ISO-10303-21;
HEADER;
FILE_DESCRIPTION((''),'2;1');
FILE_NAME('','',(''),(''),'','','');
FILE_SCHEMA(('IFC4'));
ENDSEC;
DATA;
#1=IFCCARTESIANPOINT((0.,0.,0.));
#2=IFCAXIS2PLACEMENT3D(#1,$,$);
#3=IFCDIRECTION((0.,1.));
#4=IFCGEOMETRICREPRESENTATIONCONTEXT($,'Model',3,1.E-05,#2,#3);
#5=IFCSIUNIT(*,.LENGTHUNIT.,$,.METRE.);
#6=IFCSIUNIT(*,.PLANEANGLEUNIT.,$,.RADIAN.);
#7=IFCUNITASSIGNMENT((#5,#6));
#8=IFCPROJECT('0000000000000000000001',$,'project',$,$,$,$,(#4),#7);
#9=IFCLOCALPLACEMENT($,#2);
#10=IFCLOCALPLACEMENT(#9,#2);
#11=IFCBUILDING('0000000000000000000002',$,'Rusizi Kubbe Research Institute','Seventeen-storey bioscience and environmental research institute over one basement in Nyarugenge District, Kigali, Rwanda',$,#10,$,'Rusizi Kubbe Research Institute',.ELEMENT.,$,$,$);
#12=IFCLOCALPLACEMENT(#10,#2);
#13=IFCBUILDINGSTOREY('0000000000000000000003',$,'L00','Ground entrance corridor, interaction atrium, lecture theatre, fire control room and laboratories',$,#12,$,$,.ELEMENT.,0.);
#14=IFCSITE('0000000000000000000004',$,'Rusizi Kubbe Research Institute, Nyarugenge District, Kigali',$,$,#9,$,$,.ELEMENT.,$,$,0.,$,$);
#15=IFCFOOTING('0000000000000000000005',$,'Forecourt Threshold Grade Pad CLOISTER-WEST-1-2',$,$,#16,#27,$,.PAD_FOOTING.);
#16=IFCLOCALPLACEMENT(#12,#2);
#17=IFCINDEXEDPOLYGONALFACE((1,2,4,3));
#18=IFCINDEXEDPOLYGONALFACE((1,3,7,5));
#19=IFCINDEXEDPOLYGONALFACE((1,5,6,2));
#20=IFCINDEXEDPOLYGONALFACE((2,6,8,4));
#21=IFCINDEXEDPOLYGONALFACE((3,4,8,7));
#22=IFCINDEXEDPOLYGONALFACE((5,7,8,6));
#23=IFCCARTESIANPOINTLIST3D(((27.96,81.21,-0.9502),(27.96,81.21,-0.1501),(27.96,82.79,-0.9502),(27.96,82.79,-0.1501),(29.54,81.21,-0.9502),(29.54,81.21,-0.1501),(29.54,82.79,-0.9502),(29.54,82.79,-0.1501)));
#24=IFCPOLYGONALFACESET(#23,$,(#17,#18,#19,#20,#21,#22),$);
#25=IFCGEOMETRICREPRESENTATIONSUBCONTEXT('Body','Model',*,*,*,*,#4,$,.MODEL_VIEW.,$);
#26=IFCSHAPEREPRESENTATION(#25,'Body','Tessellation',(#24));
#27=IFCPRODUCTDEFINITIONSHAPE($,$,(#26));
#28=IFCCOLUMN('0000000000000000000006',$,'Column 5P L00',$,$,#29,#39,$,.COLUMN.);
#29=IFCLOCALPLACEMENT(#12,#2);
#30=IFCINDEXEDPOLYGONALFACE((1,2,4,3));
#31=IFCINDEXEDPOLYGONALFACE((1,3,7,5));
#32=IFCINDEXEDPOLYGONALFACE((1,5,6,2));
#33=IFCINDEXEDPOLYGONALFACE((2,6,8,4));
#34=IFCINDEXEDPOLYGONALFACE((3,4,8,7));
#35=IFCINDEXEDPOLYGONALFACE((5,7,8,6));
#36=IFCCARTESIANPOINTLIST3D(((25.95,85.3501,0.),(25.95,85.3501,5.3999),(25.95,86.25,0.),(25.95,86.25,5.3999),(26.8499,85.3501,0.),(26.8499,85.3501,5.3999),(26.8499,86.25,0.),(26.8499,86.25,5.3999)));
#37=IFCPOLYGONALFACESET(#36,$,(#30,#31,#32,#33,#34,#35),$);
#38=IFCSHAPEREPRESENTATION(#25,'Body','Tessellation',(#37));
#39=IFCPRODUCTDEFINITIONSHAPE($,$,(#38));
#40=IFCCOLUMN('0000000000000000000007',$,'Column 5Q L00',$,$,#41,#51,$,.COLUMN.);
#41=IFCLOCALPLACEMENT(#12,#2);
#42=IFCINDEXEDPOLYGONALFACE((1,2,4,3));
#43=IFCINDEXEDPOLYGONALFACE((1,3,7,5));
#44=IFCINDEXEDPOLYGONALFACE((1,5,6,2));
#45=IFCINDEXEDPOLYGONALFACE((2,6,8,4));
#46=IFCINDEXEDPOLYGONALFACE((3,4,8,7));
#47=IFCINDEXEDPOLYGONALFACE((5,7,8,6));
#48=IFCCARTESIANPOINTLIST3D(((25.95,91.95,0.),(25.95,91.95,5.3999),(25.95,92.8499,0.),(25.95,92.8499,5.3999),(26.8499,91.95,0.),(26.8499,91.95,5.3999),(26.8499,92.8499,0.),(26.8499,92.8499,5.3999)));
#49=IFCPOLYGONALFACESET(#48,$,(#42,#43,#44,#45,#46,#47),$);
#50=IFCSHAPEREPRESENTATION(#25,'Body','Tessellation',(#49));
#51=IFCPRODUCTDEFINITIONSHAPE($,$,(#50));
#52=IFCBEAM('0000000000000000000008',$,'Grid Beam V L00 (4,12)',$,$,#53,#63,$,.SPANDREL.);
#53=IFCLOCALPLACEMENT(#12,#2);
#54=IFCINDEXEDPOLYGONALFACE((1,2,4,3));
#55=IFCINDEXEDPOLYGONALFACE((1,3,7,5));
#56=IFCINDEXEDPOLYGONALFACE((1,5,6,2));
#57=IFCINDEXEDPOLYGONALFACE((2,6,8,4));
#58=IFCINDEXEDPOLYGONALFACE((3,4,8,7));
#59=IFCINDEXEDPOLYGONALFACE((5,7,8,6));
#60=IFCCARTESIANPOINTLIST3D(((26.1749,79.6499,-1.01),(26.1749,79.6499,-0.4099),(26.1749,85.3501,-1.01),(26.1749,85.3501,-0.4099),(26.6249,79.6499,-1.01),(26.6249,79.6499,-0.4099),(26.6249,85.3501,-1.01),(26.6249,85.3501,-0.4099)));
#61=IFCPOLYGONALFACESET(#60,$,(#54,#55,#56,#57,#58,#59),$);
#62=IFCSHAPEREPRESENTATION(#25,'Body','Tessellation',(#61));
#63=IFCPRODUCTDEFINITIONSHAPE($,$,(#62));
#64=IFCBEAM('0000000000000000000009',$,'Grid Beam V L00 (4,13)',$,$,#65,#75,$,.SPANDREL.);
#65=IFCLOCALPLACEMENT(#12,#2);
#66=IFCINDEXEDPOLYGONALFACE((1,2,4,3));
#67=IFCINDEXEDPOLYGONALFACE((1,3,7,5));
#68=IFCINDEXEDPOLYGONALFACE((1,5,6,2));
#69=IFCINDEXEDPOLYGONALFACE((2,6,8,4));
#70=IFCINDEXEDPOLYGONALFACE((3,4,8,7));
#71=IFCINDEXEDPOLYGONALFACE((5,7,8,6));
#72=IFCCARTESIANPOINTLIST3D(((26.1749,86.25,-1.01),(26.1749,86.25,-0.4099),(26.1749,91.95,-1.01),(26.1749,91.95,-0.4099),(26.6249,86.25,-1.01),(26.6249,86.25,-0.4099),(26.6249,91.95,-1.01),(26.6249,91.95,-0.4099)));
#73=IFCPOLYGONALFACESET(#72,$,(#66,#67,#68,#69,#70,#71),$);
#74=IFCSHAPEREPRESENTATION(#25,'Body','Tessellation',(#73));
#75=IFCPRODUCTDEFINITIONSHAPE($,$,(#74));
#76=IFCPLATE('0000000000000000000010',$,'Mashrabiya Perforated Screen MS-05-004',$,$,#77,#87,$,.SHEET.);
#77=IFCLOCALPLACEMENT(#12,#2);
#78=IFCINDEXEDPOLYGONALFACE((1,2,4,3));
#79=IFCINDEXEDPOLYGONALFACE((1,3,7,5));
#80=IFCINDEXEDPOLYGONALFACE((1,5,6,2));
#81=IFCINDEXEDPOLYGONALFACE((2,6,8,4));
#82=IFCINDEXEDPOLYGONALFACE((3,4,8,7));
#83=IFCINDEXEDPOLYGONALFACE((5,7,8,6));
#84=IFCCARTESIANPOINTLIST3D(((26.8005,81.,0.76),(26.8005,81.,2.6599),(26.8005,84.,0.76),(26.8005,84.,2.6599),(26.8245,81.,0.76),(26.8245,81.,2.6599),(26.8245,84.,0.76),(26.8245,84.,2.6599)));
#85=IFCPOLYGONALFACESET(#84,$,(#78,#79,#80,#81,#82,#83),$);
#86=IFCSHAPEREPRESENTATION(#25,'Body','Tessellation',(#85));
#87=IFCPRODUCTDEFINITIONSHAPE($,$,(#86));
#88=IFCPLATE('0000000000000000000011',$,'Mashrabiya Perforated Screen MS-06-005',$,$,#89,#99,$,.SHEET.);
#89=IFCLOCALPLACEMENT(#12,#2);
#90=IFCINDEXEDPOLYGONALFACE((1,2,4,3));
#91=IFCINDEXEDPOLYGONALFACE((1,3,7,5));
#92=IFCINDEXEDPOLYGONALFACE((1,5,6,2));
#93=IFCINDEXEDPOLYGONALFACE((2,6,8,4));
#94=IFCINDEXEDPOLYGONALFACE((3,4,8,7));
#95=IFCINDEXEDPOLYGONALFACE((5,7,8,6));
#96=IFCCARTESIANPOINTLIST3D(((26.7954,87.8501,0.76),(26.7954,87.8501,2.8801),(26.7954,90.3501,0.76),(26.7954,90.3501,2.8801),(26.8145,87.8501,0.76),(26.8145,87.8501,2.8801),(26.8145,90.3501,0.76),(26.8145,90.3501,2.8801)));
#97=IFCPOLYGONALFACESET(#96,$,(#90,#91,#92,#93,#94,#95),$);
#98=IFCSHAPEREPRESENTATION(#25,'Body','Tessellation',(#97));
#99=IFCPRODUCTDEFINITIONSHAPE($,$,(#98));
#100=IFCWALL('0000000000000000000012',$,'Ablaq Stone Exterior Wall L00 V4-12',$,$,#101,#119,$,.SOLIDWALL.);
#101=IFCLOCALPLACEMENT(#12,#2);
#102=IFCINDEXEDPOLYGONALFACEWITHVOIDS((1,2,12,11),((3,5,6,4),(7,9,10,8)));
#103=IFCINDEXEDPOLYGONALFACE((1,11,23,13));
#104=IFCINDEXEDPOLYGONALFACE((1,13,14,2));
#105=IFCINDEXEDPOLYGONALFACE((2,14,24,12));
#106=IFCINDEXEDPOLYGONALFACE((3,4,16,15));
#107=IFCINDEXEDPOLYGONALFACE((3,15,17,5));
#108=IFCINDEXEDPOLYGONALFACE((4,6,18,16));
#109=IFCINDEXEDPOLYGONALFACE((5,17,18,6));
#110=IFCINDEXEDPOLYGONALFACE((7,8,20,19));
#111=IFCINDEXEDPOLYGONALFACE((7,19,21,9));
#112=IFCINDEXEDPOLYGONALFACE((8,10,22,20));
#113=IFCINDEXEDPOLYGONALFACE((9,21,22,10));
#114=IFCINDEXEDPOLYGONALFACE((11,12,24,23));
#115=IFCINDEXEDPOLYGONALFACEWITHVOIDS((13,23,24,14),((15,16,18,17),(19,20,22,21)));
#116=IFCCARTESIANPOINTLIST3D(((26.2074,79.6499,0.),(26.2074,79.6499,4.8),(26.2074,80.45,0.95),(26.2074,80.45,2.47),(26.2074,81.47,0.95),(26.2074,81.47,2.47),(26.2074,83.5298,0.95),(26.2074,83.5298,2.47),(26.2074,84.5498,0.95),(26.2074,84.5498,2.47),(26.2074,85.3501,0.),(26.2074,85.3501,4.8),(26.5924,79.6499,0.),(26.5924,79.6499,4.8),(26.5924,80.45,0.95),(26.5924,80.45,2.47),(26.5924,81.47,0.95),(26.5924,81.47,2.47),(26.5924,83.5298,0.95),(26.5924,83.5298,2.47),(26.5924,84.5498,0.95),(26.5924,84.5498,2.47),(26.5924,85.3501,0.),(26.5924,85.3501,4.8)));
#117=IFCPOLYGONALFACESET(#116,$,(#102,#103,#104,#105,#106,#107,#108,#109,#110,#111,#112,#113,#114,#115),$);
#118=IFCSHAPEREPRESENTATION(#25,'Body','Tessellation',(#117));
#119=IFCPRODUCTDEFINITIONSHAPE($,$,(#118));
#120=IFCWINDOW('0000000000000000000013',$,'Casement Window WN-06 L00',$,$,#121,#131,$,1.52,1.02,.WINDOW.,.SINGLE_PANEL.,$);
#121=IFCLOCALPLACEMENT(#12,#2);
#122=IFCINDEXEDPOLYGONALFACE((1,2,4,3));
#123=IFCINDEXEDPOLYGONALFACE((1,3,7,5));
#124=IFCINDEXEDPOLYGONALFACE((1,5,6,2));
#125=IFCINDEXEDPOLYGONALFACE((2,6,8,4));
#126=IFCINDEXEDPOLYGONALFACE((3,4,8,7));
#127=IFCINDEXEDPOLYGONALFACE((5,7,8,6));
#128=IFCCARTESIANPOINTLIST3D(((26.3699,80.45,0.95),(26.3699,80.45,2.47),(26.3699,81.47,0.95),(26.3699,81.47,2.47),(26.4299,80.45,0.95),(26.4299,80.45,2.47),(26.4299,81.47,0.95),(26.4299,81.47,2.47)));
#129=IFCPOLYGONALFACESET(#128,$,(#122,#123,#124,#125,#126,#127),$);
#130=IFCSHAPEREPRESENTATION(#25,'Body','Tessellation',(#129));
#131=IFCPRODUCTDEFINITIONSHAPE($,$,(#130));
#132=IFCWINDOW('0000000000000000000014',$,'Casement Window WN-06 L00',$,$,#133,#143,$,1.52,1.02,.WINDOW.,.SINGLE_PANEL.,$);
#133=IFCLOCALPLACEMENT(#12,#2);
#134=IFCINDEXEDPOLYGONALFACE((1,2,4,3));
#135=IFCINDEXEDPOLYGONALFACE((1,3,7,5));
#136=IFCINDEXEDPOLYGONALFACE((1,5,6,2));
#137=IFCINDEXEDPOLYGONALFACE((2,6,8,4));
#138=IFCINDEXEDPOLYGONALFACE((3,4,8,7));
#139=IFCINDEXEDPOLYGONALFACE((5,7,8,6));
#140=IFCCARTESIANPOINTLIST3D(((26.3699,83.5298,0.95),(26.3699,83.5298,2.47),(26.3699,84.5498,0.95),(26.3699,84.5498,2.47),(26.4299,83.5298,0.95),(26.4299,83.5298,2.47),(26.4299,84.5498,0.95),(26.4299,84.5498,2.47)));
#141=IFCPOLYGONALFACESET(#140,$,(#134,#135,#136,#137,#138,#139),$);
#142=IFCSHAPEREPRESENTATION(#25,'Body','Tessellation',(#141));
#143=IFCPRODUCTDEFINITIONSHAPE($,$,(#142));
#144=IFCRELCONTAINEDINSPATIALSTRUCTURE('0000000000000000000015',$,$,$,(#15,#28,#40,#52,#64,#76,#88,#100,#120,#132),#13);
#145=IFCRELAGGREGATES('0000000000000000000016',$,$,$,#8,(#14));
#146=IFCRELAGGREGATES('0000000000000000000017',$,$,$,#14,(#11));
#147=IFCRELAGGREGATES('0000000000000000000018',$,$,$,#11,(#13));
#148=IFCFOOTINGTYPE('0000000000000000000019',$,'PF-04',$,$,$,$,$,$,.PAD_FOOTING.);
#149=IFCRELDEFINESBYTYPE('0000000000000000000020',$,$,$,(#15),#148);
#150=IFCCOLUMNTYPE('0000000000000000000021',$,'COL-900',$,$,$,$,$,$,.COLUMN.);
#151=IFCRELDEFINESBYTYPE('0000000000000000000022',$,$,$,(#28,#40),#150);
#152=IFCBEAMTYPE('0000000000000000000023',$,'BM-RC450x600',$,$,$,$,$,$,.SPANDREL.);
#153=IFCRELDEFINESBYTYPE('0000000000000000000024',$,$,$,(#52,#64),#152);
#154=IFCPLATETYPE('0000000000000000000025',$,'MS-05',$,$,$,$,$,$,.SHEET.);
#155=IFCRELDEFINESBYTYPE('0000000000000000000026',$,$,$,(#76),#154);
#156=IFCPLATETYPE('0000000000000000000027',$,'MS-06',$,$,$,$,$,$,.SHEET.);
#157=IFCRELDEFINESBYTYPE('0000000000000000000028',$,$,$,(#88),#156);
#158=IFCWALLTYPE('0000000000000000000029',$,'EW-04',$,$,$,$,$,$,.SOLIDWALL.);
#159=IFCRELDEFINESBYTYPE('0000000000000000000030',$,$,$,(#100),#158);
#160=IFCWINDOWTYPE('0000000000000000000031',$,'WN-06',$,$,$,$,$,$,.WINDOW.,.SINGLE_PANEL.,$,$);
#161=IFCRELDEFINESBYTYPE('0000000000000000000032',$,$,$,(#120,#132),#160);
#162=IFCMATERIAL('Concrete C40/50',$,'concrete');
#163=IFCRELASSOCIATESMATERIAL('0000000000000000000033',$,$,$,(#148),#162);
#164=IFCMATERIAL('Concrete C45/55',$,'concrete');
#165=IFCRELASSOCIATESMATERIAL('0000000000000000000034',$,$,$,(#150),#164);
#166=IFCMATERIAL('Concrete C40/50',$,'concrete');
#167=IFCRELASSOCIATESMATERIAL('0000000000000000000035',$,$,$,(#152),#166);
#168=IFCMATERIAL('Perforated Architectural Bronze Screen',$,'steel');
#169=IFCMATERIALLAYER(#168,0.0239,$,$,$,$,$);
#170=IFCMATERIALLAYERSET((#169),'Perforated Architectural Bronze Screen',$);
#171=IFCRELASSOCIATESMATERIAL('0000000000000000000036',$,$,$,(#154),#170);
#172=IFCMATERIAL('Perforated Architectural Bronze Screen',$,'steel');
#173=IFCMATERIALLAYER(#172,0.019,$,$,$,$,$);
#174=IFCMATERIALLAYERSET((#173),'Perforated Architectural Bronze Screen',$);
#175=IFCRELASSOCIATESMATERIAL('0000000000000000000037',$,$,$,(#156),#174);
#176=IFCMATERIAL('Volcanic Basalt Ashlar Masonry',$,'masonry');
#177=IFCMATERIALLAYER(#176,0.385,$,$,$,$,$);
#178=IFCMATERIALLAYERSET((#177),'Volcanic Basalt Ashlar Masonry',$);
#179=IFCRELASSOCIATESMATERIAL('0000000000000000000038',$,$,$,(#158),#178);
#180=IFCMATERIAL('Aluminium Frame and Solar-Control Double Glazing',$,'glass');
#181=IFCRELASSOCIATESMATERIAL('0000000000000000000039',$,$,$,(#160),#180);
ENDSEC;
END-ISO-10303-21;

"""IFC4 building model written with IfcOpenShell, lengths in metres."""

from ifc_helpers import new_model, si_unit, direction, frame, frame_2d, origin, origin_2d, place, context, subcontext, project, spatial, rectangle, extrude, material, layer, layer_set, material_profile, profile_set, type_object, element, fill, save


model = new_model("IFC4")

# Units and contexts
model_context = context("Model", 3, precision=1e-05, world=origin(), true_north=direction((0.0, 1.0)))
body_context = subcontext(model_context, "Body", "Model", "MODEL_VIEW")
ifc_project = project(units=[si_unit("LENGTHUNIT", "METRE"), si_unit("PLANEANGLEUNIT", "RADIAN")], contexts=[model_context])

# Site, building, storey
site_placement = place(None, origin())
site = spatial("IfcSite", under=ifc_project, at=site_placement, Name="Rusizi Kubbe Research Institute, Nyarugenge District, Kigali", CompositionType="ELEMENT", RefElevation=0.0)
building_placement = place(site_placement, origin())
building = spatial("IfcBuilding", under=site, at=building_placement, Name="Rusizi Kubbe Research Institute", Description="Seventeen-storey bioscience and environmental research institute over one basement in Nyarugenge District, Kigali, Rwanda", LongName="Rusizi Kubbe Research Institute", CompositionType="ELEMENT")
storey_placement = place(building_placement, origin())
storey = spatial("IfcBuildingStorey", under=building, at=storey_placement, Name="L00", Description="Ground entrance corridor, interaction atrium, lecture theatre, fire control room and laboratories", CompositionType="ELEMENT", Elevation=0.0)

# Footing
ifc_material_1 = material(Name="Concrete C40/50", Category="concrete")
footing_type = type_object("IfcFootingType", Name="PF-04", PredefinedType="PAD_FOOTING", material=ifc_material_1)
footing_placement = place(storey_placement, frame((28.75, 82.0, -0.9502), z_axis=(0.0, 0.0, 1.0), x_axis=(1.0, 0.0, 0.0)))
element("IfcFooting", 1, at=footing_placement, inside=storey, type_object=footing_type, Name="Forecourt Threshold Grade Pad CLOISTER-WEST-1-2", PredefinedType="PAD_FOOTING", context=body_context, shape_type="SweptSolid", body=[
    extrude(rectangle(XDim=1.5801, YDim=1.5801, at=origin_2d()), origin(), (0.0, 0.0, 1.0), 0.8),
])

# Columns
ifc_material_2 = material(Name="Concrete C45/55", Category="concrete")
ifc_material_profile_1 = material_profile(ifc_material_2, rectangle(XDim=0.8999, YDim=0.8999, at=origin_2d()), Name="RC900x900")
ifc_profile_set_1 = profile_set([ifc_material_profile_1], Name="Concrete C45/55")
column_type = type_object("IfcColumnType", Name="COL-900", PredefinedType="COLUMN", material=ifc_profile_set_1)
for number, where, z_axis, x_axis, name in (
    (2, (26.3999, 85.8, 0.0), (0.0, 0.0, 1.0), (1.0, 0.0, 0.0), "Column 5P L00"),
    (3, (26.3999, 92.3999, 0.0), (0.0, 0.0, 1.0), (1.0, 0.0, 0.0), "Column 5Q L00"),
):
    element("IfcColumn", number, at=place(storey_placement, frame(where, z_axis=z_axis, x_axis=x_axis)), inside=storey, type_object=column_type, Name=name, PredefinedType="COLUMN", context=body_context, shape_type="SweptSolid", body=[
        extrude(rectangle(XDim=0.8999, YDim=0.8999, at=origin_2d()), origin(), (0.0, 0.0, 1.0), 5.3999),
    ])

# Beams
ifc_material_3 = material(Name="Concrete C40/50", Category="concrete")
ifc_material_profile_2 = material_profile(ifc_material_3, rectangle(XDim=0.45, YDim=0.6001, at=origin_2d()), Name="RC450x600")
ifc_profile_set_2 = profile_set([ifc_material_profile_2], Name="Concrete C40/50")
beam_type = type_object("IfcBeamType", Name="BM-RC450x600", PredefinedType="SPANDREL", material=ifc_profile_set_2)
beam_1_placement = place(storey_placement, frame((26.3999, 79.6499, -0.71), z_axis=(0.0, 1.0, 0.0), x_axis=(-1.0, 0.0, 0.0)))
element("IfcBeam", 4, at=beam_1_placement, inside=storey, type_object=beam_type, Name="Grid Beam V L00 (4,12)", PredefinedType="SPANDREL", context=body_context, shape_type="SweptSolid", body=[
    extrude(rectangle(XDim=0.45, YDim=0.6001, at=origin_2d()), origin(), (0.0, 0.0, 1.0), 5.7002),
])
beam_2_placement = place(storey_placement, frame((26.3999, 86.25, -0.71), z_axis=(0.0, 1.0, 0.0), x_axis=(-1.0, 0.0, 0.0)))
element("IfcBeam", 5, at=beam_2_placement, inside=storey, type_object=beam_type, Name="Grid Beam V L00 (4,13)", PredefinedType="SPANDREL", context=body_context, shape_type="SweptSolid", body=[
    extrude(rectangle(XDim=0.45, YDim=0.6001, at=origin_2d()), origin(), (0.0, 0.0, 1.0), 5.7),
])

# Plates
ifc_material_4 = material(Name="Perforated Architectural Bronze Screen", Category="steel")
ifc_layer_1 = layer(ifc_material_4, 0.0239)
ifc_layer_set_1 = layer_set([ifc_layer_1], Name="Perforated Architectural Bronze Screen")
plate_type_1 = type_object("IfcPlateType", Name="MS-05", PredefinedType="SHEET", material=ifc_layer_set_1)
plate_1_placement = place(storey_placement, frame((26.8125, 82.5, 0.76), z_axis=(0.0, 0.0, 1.0), x_axis=(0.0, 1.0, 0.0)))
element("IfcPlate", 6, at=plate_1_placement, inside=storey, type_object=plate_type_1, Name="Mashrabiya Perforated Screen MS-05-004", PredefinedType="SHEET", context=body_context, shape_type="SweptSolid", body=[
    extrude(rectangle(XDim=3.0, YDim=0.0239, at=origin_2d()), origin(), (0.0, 0.0, 1.0), 1.8999),
])
ifc_material_5 = material(Name="Perforated Architectural Bronze Screen", Category="steel")
ifc_layer_2 = layer(ifc_material_5, 0.019)
ifc_layer_set_2 = layer_set([ifc_layer_2], Name="Perforated Architectural Bronze Screen")
plate_type_2 = type_object("IfcPlateType", Name="MS-06", PredefinedType="SHEET", material=ifc_layer_set_2)
plate_2_placement = place(storey_placement, frame((26.8049, 89.1001, 0.76), z_axis=(0.0, 0.0, 1.0), x_axis=(0.0, 1.0, 0.0)))
element("IfcPlate", 7, at=plate_2_placement, inside=storey, type_object=plate_type_2, Name="Mashrabiya Perforated Screen MS-06-005", PredefinedType="SHEET", context=body_context, shape_type="SweptSolid", body=[
    extrude(rectangle(XDim=2.5, YDim=0.019, at=origin_2d()), origin(), (0.0, 0.0, 1.0), 2.1201),
])

# Wall, openings, windows
ifc_material_6 = material(Name="Volcanic Basalt Ashlar Masonry", Category="masonry")
ifc_layer_3 = layer(ifc_material_6, 0.385)
ifc_layer_set_3 = layer_set([ifc_layer_3], Name="Volcanic Basalt Ashlar Masonry")
wall_type_1 = type_object("IfcWallType", Name="EW-04", PredefinedType="SOLIDWALL", material=ifc_layer_set_3)
wall_1_placement = place(storey_placement, frame((26.3999, 79.6499, 0.0), z_axis=(0.0, 0.0, 1.0), x_axis=(0.0, 1.0, 0.0)))
wall_1 = element("IfcWall", 8, at=wall_1_placement, inside=storey, type_object=wall_type_1, Name="Ablaq Stone Exterior Wall L00 V4-12", PredefinedType="SOLIDWALL", context=body_context, shape_type="SweptSolid", body=[
    extrude(rectangle(XDim=5.7002, YDim=0.385, at=frame_2d((2.8501, 0.0))), origin(), (0.0, 0.0, 1.0), 4.8),
])
opening_1_placement = place(wall_1_placement, frame((0.8, 0.0, 0.95)))
opening_1 = element("IfcOpeningElement", 9, at=opening_1_placement, cuts=wall_1, PredefinedType="OPENING", context=body_context, shape_type="SweptSolid", body=[
    extrude(rectangle(XDim=1.02, YDim=1.52, at=frame_2d((0.51, 0.76))), frame((0.0, 0.2024, 0.0), z_axis=(0.0, -1.0, 0.0), x_axis=(1.0, 0.0, 0.0)), (0.0, 0.0, 1.0), 0.405),
])
opening_2_placement = place(wall_1_placement, frame((3.8799, 0.0, 0.95)))
opening_2 = element("IfcOpeningElement", 10, at=opening_2_placement, cuts=wall_1, PredefinedType="OPENING", context=body_context, shape_type="SweptSolid", body=[
    extrude(rectangle(XDim=1.02, YDim=1.52, at=frame_2d((0.51, 0.76))), frame((0.0, 0.2024, 0.0), z_axis=(0.0, -1.0, 0.0), x_axis=(1.0, 0.0, 0.0)), (0.0, 0.0, 1.0), 0.405),
])
ifc_material_7 = material(Name="Aluminium Frame and Solar-Control Double Glazing", Category="glass")
window_type_1 = type_object("IfcWindowType", Name="WN-06", PartitioningType="SINGLE_PANEL", PredefinedType="WINDOW", material=ifc_material_7)
window_1_placement = place(opening_1_placement, origin())
window_1 = element("IfcWindow", 11, at=window_1_placement, inside=storey, type_object=window_type_1, Name="Casement Window WN-06 L00", OverallHeight=1.52, OverallWidth=1.02, PartitioningType="SINGLE_PANEL", PredefinedType="WINDOW", context=body_context, shape_type="SweptSolid", body=[
    extrude(rectangle(XDim=1.02, YDim=1.52, at=frame_2d((0.51, 0.76))), frame((0.0, 0.03, 0.0), z_axis=(0.0, -1.0, 0.0), x_axis=(1.0, 0.0, 0.0)), (0.0, 0.0, 1.0), 0.0601),
])
fill(opening_1, window_1)
window_2_placement = place(opening_2_placement, origin())
window_2 = element("IfcWindow", 12, at=window_2_placement, inside=storey, type_object=window_type_1, Name="Casement Window WN-06 L00", OverallHeight=1.52, OverallWidth=1.02, PartitioningType="SINGLE_PANEL", PredefinedType="WINDOW", context=body_context, shape_type="SweptSolid", body=[
    extrude(rectangle(XDim=1.02, YDim=1.52, at=frame_2d((0.51, 0.76))), frame((0.0, 0.03, 0.0), z_axis=(0.0, -1.0, 0.0), x_axis=(1.0, 0.0, 0.0)), (0.0, 0.0, 1.0), 0.0601),
])
fill(opening_2, window_2)

save(model, "model.ifc")
